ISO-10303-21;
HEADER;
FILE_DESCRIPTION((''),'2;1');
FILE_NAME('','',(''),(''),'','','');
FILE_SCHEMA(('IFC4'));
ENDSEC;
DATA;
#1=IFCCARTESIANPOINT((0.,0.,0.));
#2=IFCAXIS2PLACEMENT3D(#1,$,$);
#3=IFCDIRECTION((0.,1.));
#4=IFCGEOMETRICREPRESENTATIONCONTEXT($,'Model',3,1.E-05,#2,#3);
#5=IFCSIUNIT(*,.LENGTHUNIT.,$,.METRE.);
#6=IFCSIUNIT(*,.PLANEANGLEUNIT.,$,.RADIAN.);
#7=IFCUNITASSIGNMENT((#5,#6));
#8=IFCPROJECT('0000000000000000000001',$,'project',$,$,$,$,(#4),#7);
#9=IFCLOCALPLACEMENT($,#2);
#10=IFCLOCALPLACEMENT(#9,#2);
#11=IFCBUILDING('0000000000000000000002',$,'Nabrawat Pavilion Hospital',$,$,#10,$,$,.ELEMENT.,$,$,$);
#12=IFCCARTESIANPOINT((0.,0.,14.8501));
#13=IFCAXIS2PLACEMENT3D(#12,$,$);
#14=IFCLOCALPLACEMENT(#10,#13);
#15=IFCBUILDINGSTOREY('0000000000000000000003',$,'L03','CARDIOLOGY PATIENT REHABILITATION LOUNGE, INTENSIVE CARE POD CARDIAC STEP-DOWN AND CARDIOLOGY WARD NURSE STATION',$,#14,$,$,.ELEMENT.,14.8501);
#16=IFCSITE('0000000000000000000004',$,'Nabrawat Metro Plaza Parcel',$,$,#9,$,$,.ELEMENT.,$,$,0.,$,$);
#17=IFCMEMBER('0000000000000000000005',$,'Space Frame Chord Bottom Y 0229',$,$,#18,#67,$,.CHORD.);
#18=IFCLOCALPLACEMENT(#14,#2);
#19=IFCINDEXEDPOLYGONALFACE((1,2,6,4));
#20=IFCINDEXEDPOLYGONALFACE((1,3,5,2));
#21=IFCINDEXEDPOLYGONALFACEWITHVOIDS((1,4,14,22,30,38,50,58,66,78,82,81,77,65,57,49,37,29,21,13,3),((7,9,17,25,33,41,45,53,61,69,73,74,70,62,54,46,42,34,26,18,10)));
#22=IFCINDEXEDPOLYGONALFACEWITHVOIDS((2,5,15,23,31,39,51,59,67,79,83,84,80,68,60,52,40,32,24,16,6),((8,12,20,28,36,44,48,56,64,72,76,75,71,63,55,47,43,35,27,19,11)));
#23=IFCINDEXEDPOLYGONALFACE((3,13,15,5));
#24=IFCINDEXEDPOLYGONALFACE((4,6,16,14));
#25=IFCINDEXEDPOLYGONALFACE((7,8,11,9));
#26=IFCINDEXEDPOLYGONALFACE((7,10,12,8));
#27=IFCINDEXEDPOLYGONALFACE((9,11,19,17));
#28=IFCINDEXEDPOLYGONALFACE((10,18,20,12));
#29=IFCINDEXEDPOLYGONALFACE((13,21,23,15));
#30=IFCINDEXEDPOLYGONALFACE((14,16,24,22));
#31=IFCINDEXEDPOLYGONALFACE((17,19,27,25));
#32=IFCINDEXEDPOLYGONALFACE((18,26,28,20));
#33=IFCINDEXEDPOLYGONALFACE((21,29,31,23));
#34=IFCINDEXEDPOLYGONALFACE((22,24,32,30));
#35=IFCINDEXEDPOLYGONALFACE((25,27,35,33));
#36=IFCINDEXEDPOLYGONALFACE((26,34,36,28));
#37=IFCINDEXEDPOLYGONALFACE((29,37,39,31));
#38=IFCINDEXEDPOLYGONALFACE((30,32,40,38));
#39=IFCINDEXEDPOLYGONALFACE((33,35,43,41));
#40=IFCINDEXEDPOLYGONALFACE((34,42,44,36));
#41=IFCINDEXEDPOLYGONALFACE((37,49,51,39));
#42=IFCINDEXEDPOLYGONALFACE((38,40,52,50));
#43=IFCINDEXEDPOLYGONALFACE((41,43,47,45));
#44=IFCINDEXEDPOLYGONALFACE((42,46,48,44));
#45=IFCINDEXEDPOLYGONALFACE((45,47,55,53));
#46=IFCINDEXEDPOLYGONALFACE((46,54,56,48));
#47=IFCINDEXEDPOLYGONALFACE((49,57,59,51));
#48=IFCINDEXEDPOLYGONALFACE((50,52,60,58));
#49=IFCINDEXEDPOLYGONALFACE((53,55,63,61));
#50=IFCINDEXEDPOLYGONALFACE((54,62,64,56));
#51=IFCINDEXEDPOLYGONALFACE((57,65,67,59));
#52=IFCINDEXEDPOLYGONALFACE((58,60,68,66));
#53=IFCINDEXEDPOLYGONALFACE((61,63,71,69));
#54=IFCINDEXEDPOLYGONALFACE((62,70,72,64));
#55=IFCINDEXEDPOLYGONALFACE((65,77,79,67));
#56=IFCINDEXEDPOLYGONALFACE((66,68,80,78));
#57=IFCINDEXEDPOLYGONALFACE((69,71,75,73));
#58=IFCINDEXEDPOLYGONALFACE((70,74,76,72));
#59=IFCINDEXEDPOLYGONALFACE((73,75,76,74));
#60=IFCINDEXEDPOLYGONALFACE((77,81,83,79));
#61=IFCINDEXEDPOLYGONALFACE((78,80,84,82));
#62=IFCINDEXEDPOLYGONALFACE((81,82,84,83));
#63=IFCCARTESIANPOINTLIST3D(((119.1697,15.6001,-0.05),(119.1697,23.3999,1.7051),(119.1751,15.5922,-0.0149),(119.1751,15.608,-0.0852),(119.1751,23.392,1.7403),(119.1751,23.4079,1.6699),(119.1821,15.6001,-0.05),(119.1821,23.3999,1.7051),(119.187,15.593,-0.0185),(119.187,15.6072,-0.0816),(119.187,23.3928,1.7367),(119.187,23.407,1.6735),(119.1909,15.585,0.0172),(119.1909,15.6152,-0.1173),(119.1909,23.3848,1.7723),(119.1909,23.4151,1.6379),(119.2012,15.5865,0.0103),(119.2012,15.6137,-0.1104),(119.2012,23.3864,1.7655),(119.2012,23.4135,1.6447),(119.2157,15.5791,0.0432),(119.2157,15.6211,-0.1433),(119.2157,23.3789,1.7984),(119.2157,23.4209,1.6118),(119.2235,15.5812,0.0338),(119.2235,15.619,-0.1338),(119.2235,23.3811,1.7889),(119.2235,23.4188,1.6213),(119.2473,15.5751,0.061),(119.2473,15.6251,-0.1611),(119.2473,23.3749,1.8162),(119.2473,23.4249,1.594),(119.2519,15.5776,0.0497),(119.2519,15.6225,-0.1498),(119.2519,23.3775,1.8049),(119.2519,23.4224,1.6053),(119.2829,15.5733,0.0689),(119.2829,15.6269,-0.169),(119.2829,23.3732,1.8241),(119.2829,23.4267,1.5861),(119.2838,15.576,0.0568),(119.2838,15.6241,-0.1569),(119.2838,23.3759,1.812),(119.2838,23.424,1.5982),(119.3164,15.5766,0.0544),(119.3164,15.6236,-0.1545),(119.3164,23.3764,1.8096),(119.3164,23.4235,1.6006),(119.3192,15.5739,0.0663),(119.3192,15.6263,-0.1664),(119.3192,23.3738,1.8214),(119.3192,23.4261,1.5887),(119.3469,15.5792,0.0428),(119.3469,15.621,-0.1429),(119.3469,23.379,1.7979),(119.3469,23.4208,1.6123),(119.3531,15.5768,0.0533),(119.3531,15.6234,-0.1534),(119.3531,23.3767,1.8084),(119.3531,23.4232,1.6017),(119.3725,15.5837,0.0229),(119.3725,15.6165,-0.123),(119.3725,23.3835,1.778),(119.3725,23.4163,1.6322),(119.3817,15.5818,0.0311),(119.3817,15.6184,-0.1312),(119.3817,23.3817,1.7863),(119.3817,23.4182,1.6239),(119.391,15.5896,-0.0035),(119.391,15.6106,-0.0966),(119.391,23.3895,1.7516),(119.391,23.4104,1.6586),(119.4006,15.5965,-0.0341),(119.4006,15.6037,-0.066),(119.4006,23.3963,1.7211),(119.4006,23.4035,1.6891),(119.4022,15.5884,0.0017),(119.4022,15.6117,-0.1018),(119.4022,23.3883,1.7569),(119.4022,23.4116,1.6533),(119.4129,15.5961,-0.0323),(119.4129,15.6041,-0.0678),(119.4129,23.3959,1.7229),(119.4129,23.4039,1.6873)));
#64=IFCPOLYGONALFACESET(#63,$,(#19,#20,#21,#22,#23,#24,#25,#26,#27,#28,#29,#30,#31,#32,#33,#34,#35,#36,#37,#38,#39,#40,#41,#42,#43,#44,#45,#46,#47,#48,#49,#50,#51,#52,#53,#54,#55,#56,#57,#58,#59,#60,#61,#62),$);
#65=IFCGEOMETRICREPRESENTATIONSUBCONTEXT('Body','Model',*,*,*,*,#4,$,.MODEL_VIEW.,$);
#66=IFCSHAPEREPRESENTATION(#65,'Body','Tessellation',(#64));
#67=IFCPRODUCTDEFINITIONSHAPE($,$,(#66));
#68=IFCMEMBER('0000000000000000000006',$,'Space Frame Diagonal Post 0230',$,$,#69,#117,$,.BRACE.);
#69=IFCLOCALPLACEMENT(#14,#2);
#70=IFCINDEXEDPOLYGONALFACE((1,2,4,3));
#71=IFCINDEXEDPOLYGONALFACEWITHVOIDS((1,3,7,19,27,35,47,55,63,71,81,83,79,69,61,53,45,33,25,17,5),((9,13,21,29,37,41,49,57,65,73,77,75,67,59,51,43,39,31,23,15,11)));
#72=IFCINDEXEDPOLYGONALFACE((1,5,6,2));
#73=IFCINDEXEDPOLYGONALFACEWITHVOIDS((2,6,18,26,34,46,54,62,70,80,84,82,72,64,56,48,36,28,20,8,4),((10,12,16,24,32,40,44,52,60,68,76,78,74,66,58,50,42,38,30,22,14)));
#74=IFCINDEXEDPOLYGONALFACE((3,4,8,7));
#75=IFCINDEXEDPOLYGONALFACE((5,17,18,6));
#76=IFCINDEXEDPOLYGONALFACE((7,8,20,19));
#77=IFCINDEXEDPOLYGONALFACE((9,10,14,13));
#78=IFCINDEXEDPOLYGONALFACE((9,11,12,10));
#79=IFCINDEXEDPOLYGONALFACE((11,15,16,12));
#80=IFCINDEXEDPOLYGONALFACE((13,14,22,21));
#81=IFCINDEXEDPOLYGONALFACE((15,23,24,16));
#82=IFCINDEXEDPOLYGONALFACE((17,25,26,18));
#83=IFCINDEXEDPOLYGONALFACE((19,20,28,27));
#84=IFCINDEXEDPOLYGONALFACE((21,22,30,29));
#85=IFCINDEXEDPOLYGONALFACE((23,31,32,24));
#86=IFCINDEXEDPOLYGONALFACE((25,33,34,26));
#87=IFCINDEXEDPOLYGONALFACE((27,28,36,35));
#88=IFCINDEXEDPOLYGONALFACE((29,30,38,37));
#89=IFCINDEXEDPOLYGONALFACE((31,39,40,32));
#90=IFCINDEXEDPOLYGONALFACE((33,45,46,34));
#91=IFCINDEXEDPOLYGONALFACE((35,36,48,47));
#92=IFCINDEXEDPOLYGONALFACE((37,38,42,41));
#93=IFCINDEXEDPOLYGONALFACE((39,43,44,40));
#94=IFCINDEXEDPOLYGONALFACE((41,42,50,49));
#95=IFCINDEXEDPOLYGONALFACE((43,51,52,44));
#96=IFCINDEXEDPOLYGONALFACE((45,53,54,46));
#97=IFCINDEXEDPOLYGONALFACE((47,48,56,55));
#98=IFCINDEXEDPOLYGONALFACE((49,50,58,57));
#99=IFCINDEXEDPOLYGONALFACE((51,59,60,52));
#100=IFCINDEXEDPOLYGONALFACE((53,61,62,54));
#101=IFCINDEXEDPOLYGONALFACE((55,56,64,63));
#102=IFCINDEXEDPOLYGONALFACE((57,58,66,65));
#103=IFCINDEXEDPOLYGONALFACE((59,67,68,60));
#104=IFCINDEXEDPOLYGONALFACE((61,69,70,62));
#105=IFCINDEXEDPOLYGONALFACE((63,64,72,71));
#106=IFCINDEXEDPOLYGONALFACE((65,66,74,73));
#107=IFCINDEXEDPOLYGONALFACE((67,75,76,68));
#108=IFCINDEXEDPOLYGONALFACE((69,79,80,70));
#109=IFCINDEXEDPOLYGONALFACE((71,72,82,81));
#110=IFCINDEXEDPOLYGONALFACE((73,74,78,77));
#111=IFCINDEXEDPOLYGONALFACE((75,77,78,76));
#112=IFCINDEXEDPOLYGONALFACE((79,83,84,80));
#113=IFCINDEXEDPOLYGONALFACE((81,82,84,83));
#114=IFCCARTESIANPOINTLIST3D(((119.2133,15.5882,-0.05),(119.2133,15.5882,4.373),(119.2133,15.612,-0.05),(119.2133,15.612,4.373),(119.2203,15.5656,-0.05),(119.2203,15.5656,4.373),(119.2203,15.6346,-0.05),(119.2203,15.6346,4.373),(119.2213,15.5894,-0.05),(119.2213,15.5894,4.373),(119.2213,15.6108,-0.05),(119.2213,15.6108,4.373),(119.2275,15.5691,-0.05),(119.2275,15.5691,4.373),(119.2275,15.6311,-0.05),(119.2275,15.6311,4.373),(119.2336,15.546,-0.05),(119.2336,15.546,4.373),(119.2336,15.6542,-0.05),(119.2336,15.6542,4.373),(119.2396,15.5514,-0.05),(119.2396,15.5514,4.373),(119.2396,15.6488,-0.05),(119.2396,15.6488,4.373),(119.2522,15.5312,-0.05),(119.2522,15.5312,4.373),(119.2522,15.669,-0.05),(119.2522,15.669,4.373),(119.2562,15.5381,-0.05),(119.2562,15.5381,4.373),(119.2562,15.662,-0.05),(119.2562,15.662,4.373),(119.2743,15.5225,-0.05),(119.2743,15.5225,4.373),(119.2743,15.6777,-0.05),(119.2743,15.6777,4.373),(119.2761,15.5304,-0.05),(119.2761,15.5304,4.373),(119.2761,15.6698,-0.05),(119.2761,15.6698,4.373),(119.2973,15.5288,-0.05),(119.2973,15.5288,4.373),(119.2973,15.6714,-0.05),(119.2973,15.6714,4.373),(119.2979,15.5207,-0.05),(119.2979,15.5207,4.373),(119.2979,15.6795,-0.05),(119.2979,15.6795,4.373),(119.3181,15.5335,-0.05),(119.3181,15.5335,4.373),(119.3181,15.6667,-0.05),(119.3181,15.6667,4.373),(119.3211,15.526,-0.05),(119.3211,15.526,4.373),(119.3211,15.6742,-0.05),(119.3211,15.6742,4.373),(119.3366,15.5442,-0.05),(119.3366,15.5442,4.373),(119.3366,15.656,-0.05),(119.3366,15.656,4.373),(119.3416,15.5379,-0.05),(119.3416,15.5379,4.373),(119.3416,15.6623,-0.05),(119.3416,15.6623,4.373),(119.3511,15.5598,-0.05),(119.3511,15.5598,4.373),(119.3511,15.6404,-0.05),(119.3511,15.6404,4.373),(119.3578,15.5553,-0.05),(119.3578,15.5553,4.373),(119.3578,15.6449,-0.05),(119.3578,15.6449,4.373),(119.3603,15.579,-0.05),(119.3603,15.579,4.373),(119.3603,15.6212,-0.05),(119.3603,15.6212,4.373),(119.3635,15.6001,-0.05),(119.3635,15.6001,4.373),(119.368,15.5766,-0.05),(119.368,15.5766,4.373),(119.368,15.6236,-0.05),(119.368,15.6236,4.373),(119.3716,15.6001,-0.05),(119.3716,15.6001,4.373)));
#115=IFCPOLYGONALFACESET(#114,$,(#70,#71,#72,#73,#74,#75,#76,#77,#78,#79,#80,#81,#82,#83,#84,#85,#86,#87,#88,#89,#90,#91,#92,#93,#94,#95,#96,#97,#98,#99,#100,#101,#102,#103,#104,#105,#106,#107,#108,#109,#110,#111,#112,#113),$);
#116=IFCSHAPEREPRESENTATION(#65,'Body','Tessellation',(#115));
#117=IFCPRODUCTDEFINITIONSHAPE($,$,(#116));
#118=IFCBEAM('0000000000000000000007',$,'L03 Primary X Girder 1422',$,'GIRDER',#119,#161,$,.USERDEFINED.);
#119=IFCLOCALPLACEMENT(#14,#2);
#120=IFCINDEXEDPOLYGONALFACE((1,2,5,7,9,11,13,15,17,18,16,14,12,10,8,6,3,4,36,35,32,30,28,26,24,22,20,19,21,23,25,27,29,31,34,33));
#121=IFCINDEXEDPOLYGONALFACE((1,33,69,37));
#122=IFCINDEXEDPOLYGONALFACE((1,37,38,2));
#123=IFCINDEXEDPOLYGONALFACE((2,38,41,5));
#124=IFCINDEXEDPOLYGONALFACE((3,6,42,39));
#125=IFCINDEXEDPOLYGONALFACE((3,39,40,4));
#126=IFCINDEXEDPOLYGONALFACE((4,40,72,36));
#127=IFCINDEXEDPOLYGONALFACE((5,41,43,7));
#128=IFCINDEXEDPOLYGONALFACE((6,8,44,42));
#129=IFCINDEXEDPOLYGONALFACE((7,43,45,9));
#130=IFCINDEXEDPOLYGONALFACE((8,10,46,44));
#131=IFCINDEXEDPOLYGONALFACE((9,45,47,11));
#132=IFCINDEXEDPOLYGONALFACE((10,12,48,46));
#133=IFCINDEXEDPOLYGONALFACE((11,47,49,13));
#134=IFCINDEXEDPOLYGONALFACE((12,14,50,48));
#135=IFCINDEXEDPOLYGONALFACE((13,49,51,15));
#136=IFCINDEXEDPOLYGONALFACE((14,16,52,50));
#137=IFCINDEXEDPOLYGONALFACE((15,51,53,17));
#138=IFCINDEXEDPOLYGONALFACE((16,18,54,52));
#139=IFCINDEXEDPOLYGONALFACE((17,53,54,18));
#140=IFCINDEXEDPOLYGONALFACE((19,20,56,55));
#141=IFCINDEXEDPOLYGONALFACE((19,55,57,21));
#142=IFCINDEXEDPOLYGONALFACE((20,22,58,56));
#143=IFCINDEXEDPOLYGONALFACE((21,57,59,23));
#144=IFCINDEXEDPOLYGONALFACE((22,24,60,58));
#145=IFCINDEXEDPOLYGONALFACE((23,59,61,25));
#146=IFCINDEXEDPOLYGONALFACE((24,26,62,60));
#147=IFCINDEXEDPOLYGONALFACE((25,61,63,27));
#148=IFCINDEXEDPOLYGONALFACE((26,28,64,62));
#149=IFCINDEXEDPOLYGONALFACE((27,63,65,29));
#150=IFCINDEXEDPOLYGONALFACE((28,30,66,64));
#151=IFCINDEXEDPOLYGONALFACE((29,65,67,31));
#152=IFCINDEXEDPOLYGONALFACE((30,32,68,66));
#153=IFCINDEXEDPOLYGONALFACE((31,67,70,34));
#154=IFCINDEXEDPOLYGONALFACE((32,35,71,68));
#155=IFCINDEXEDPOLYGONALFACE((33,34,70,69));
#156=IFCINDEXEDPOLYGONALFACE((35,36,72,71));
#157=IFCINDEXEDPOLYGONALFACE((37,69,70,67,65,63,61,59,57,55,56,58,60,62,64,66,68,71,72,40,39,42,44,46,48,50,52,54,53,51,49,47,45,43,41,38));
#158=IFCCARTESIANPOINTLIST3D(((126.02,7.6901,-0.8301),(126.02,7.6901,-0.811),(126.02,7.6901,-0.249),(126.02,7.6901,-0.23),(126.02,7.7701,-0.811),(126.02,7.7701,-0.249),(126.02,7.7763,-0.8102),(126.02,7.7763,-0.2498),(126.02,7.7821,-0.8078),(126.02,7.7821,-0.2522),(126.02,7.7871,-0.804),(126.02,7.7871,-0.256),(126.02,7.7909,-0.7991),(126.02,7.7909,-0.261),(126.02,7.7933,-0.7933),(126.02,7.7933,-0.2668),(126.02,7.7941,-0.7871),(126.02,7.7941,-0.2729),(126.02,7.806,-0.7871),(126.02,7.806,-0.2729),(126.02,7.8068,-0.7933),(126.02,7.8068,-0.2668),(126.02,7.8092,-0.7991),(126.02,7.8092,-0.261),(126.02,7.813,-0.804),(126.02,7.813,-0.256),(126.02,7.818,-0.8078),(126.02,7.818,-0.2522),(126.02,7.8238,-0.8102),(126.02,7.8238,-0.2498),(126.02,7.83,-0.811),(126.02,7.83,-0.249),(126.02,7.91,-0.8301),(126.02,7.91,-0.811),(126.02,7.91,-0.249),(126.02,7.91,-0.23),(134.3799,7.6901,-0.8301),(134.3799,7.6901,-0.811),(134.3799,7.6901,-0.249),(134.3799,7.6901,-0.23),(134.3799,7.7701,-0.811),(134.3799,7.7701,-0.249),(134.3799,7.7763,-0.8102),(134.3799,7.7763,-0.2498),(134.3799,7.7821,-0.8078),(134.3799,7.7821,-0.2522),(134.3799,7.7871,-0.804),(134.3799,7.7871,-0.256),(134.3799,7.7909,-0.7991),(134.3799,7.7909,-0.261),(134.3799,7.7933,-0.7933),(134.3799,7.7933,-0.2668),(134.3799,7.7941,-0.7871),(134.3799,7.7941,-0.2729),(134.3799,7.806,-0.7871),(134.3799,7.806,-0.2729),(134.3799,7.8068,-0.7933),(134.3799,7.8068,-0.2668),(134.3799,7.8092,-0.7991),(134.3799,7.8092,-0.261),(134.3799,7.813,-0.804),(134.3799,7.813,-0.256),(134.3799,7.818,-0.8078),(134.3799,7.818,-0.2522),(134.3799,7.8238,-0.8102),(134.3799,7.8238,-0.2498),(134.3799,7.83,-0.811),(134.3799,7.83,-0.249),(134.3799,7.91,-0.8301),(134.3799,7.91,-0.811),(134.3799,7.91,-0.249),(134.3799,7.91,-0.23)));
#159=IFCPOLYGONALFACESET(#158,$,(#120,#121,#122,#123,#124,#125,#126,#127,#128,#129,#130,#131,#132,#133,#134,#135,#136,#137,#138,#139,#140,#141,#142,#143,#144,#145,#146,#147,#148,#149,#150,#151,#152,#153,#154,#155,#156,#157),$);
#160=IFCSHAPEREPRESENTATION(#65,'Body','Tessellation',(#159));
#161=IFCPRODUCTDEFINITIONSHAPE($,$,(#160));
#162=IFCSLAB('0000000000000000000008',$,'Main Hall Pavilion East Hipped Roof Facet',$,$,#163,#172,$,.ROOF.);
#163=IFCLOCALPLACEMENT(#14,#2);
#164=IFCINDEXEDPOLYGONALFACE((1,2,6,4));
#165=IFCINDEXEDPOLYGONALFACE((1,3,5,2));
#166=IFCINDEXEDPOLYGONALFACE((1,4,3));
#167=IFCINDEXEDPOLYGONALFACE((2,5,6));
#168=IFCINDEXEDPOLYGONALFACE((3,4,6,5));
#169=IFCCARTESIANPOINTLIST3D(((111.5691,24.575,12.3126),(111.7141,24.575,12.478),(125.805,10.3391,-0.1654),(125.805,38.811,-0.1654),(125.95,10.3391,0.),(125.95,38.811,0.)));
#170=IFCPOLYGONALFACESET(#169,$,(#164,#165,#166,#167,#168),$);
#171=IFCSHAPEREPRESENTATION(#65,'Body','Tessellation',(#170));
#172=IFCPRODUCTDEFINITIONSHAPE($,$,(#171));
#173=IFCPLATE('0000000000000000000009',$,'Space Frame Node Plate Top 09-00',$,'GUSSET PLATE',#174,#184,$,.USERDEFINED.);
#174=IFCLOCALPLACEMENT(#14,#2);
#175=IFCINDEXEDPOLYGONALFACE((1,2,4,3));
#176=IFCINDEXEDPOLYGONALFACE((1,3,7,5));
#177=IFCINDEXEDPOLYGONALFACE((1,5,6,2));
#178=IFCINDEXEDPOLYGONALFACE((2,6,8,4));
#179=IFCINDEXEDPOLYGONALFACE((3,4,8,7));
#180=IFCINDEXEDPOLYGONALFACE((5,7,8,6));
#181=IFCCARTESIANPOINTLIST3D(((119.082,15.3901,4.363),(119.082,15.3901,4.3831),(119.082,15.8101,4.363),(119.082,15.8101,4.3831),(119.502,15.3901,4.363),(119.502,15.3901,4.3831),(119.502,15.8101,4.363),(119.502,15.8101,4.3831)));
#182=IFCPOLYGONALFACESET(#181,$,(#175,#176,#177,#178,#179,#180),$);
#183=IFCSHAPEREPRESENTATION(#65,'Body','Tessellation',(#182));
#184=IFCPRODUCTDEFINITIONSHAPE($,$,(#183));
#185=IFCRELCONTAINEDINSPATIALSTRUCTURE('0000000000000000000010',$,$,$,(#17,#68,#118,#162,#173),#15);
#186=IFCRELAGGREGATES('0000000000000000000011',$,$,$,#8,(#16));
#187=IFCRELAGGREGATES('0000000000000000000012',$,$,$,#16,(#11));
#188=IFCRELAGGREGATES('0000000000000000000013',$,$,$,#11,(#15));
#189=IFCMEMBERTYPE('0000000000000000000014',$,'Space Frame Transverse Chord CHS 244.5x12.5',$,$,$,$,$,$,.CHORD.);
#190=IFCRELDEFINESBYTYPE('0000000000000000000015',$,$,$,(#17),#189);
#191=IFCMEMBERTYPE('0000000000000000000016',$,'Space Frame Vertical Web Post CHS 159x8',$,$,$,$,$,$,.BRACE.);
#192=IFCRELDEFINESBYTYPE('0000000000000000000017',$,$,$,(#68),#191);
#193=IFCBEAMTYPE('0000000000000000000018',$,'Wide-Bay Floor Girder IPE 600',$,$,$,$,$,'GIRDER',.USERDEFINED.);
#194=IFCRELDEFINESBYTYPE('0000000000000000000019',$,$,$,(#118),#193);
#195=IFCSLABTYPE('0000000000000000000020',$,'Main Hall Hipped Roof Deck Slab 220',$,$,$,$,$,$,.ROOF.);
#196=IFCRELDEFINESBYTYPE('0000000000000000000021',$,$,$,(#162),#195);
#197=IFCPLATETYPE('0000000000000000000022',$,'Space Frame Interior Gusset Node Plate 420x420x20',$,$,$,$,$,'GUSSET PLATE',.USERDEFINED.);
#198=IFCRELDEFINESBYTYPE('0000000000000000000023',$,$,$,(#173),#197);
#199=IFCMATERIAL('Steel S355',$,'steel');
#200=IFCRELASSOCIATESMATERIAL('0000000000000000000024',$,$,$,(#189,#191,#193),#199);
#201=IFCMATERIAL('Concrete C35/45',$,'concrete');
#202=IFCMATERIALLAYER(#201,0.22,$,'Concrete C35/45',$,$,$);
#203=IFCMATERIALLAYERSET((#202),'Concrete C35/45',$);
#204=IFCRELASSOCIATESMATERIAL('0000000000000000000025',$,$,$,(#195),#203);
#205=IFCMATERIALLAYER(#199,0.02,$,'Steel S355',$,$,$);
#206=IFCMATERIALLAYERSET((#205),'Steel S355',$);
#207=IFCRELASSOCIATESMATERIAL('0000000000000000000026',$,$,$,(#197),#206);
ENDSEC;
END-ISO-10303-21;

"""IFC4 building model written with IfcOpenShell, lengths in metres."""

from ifc_helpers import new_model, si_unit, direction, frame, origin, origin_2d, place, context, subcontext, project, spatial, polyline, rectangle, hollow_circle, i_section, outline, extrude, material, layer, layer_set, material_profile, profile_set, type_object, element, save


model = new_model("IFC4")

# Units and contexts
model_context = context("Model", 3, precision=1e-05, world=origin(), true_north=direction((0.0, 1.0)))
body_context = subcontext(model_context, "Body", "Model", "MODEL_VIEW")
ifc_project = project(units=[si_unit("LENGTHUNIT", "METRE"), si_unit("PLANEANGLEUNIT", "RADIAN")], contexts=[model_context])

# Site, building, storey
site_placement = place(None, origin())
site = spatial("IfcSite", under=ifc_project, at=site_placement, Name="Nabrawat Metro Plaza Parcel", CompositionType="ELEMENT", RefElevation=0.0)
building_placement = place(site_placement, origin())
building = spatial("IfcBuilding", under=site, at=building_placement, Name="Nabrawat Pavilion Hospital", CompositionType="ELEMENT")
storey_placement = place(building_placement, frame((0.0, 0.0, 14.8501)))
storey = spatial("IfcBuildingStorey", under=building, at=storey_placement, Name="L03", Description="CARDIOLOGY PATIENT REHABILITATION LOUNGE, INTENSIVE CARE POD CARDIAC STEP-DOWN AND CARDIOLOGY WARD NURSE STATION", CompositionType="ELEMENT", Elevation=14.8501)

# Shared definitions
ifc_material_1 = material(Name="Steel S355", Category="steel")

# Members
ifc_material_profile_1 = material_profile(ifc_material_1, hollow_circle(Radius=0.1223, WallThickness=0.0125, at=origin_2d()), Name="CHS 244.5x12.5")
ifc_profile_set_1 = profile_set([ifc_material_profile_1], Name="Steel S355")
member_type_1 = type_object("IfcMemberType", Name="Space Frame Transverse Chord CHS 244.5x12.5", PredefinedType="CHORD", material=ifc_profile_set_1)
member_1_placement = place(storey_placement, frame((119.292, 15.6001, -0.05), z_axis=(0.0, 0.975605, 0.219533), x_axis=(-1.0, 0.0, 0.0)))
element("IfcMember", 1, at=member_1_placement, inside=storey, type_object=member_type_1, Name="Space Frame Chord Bottom Y 0229", PredefinedType="CHORD", context=body_context, shape_type="SweptSolid", body=[
    extrude(hollow_circle(Radius=0.1223, WallThickness=0.0125, at=origin_2d()), origin(), (0.0, 0.0, 1.0), 7.9949),
])
ifc_material_profile_2 = material_profile(ifc_material_1, hollow_circle(Radius=0.0796, WallThickness=0.0081, at=origin_2d()), Name="CHS 159x8")
ifc_profile_set_2 = profile_set([ifc_material_profile_2], Name="Steel S355")
member_type_2 = type_object("IfcMemberType", Name="Space Frame Vertical Web Post CHS 159x8", PredefinedType="BRACE", material=ifc_profile_set_2)
member_2_placement = place(storey_placement, frame((119.292, 15.6001, -0.05), z_axis=(0.0, 0.0, 1.0), x_axis=(1.0, 0.0, 0.0)))
element("IfcMember", 2, at=member_2_placement, inside=storey, type_object=member_type_2, Name="Space Frame Diagonal Post 0230", PredefinedType="BRACE", context=body_context, shape_type="SweptSolid", body=[
    extrude(hollow_circle(Radius=0.0796, WallThickness=0.0081, at=origin_2d()), origin(), (0.0, 0.0, 1.0), 4.4231),
])

# Beam
ifc_material_profile_3 = material_profile(ifc_material_1, i_section(OverallWidth=0.22, OverallDepth=0.6001, WebThickness=0.012, FlangeThickness=0.019, FilletRadius=0.0239, at=origin_2d()), Name="IPE 600")
ifc_profile_set_3 = profile_set([ifc_material_profile_3], Name="Steel S355")
beam_type_1 = type_object("IfcBeamType", Name="Wide-Bay Floor Girder IPE 600", ElementType="GIRDER", PredefinedType="USERDEFINED", material=ifc_profile_set_3)
beam_1_placement = place(storey_placement, frame((126.02, 7.8, -0.53), z_axis=(1.0, 0.0, 0.0), x_axis=(0.0, 1.0, 0.0)))
element("IfcBeam", 3, at=beam_1_placement, inside=storey, type_object=beam_type_1, Name="L03 Primary X Girder 1422", ObjectType="GIRDER", PredefinedType="USERDEFINED", context=body_context, shape_type="SweptSolid", body=[
    extrude(i_section(OverallWidth=0.22, OverallDepth=0.6001, WebThickness=0.012, FlangeThickness=0.019, FilletRadius=0.0239, at=origin_2d()), origin(), (0.0, 0.0, 1.0), 8.3599),
])

# Slab
ifc_material_2 = material(Name="Concrete C35/45", Category="concrete")
ifc_layer_1 = layer(ifc_material_2, 0.22, Name="Concrete C35/45")
ifc_layer_set_1 = layer_set([ifc_layer_1], Name="Concrete C35/45")
slab_type = type_object("IfcSlabType", Name="Main Hall Hipped Roof Deck Slab 220", PredefinedType="ROOF", material=ifc_layer_set_1)
slab_placement = place(storey_placement, frame((125.95, 10.3391, 0.0), z_axis=(0.659153, 0.0, 0.752009), x_axis=(0.0, 1.0, 0.0)))
element("IfcSlab", 4, at=slab_placement, inside=storey, type_object=slab_type, Name="Main Hall Pavilion East Hipped Roof Facet", PredefinedType="ROOF", context=body_context, shape_type="SweptSolid", body=[
    extrude(outline(polyline([(0.0, 0.0), (28.4719, 0.0), (14.2358, 18.9304), (0.0, 0.0)])), origin(), (0.0, 0.0, -1.0), 0.22),
])

# Plate
ifc_layer_2 = layer(ifc_material_1, 0.02, Name="Steel S355")
ifc_layer_set_2 = layer_set([ifc_layer_2], Name="Steel S355")
plate_type = type_object("IfcPlateType", Name="Space Frame Interior Gusset Node Plate 420x420x20", ElementType="GUSSET PLATE", PredefinedType="USERDEFINED", material=ifc_layer_set_2)
for number, where, z_axis, x_axis, name in (
    (5, (119.292, 15.6001, 4.363), (0.0, 0.0, 1.0), (1.0, 0.0, 0.0), "Space Frame Node Plate Top 09-00"),
):
    element("IfcPlate", number, at=place(storey_placement, frame(where, z_axis=z_axis, x_axis=x_axis)), inside=storey, type_object=plate_type, Name=name, ObjectType="GUSSET PLATE", PredefinedType="USERDEFINED", context=body_context, shape_type="SweptSolid", body=[
        extrude(rectangle(XDim=0.4199, YDim=0.4199, at=origin_2d()), origin(), (0.0, 0.0, 1.0), 0.02),
    ])

save(model, "model.ifc")
